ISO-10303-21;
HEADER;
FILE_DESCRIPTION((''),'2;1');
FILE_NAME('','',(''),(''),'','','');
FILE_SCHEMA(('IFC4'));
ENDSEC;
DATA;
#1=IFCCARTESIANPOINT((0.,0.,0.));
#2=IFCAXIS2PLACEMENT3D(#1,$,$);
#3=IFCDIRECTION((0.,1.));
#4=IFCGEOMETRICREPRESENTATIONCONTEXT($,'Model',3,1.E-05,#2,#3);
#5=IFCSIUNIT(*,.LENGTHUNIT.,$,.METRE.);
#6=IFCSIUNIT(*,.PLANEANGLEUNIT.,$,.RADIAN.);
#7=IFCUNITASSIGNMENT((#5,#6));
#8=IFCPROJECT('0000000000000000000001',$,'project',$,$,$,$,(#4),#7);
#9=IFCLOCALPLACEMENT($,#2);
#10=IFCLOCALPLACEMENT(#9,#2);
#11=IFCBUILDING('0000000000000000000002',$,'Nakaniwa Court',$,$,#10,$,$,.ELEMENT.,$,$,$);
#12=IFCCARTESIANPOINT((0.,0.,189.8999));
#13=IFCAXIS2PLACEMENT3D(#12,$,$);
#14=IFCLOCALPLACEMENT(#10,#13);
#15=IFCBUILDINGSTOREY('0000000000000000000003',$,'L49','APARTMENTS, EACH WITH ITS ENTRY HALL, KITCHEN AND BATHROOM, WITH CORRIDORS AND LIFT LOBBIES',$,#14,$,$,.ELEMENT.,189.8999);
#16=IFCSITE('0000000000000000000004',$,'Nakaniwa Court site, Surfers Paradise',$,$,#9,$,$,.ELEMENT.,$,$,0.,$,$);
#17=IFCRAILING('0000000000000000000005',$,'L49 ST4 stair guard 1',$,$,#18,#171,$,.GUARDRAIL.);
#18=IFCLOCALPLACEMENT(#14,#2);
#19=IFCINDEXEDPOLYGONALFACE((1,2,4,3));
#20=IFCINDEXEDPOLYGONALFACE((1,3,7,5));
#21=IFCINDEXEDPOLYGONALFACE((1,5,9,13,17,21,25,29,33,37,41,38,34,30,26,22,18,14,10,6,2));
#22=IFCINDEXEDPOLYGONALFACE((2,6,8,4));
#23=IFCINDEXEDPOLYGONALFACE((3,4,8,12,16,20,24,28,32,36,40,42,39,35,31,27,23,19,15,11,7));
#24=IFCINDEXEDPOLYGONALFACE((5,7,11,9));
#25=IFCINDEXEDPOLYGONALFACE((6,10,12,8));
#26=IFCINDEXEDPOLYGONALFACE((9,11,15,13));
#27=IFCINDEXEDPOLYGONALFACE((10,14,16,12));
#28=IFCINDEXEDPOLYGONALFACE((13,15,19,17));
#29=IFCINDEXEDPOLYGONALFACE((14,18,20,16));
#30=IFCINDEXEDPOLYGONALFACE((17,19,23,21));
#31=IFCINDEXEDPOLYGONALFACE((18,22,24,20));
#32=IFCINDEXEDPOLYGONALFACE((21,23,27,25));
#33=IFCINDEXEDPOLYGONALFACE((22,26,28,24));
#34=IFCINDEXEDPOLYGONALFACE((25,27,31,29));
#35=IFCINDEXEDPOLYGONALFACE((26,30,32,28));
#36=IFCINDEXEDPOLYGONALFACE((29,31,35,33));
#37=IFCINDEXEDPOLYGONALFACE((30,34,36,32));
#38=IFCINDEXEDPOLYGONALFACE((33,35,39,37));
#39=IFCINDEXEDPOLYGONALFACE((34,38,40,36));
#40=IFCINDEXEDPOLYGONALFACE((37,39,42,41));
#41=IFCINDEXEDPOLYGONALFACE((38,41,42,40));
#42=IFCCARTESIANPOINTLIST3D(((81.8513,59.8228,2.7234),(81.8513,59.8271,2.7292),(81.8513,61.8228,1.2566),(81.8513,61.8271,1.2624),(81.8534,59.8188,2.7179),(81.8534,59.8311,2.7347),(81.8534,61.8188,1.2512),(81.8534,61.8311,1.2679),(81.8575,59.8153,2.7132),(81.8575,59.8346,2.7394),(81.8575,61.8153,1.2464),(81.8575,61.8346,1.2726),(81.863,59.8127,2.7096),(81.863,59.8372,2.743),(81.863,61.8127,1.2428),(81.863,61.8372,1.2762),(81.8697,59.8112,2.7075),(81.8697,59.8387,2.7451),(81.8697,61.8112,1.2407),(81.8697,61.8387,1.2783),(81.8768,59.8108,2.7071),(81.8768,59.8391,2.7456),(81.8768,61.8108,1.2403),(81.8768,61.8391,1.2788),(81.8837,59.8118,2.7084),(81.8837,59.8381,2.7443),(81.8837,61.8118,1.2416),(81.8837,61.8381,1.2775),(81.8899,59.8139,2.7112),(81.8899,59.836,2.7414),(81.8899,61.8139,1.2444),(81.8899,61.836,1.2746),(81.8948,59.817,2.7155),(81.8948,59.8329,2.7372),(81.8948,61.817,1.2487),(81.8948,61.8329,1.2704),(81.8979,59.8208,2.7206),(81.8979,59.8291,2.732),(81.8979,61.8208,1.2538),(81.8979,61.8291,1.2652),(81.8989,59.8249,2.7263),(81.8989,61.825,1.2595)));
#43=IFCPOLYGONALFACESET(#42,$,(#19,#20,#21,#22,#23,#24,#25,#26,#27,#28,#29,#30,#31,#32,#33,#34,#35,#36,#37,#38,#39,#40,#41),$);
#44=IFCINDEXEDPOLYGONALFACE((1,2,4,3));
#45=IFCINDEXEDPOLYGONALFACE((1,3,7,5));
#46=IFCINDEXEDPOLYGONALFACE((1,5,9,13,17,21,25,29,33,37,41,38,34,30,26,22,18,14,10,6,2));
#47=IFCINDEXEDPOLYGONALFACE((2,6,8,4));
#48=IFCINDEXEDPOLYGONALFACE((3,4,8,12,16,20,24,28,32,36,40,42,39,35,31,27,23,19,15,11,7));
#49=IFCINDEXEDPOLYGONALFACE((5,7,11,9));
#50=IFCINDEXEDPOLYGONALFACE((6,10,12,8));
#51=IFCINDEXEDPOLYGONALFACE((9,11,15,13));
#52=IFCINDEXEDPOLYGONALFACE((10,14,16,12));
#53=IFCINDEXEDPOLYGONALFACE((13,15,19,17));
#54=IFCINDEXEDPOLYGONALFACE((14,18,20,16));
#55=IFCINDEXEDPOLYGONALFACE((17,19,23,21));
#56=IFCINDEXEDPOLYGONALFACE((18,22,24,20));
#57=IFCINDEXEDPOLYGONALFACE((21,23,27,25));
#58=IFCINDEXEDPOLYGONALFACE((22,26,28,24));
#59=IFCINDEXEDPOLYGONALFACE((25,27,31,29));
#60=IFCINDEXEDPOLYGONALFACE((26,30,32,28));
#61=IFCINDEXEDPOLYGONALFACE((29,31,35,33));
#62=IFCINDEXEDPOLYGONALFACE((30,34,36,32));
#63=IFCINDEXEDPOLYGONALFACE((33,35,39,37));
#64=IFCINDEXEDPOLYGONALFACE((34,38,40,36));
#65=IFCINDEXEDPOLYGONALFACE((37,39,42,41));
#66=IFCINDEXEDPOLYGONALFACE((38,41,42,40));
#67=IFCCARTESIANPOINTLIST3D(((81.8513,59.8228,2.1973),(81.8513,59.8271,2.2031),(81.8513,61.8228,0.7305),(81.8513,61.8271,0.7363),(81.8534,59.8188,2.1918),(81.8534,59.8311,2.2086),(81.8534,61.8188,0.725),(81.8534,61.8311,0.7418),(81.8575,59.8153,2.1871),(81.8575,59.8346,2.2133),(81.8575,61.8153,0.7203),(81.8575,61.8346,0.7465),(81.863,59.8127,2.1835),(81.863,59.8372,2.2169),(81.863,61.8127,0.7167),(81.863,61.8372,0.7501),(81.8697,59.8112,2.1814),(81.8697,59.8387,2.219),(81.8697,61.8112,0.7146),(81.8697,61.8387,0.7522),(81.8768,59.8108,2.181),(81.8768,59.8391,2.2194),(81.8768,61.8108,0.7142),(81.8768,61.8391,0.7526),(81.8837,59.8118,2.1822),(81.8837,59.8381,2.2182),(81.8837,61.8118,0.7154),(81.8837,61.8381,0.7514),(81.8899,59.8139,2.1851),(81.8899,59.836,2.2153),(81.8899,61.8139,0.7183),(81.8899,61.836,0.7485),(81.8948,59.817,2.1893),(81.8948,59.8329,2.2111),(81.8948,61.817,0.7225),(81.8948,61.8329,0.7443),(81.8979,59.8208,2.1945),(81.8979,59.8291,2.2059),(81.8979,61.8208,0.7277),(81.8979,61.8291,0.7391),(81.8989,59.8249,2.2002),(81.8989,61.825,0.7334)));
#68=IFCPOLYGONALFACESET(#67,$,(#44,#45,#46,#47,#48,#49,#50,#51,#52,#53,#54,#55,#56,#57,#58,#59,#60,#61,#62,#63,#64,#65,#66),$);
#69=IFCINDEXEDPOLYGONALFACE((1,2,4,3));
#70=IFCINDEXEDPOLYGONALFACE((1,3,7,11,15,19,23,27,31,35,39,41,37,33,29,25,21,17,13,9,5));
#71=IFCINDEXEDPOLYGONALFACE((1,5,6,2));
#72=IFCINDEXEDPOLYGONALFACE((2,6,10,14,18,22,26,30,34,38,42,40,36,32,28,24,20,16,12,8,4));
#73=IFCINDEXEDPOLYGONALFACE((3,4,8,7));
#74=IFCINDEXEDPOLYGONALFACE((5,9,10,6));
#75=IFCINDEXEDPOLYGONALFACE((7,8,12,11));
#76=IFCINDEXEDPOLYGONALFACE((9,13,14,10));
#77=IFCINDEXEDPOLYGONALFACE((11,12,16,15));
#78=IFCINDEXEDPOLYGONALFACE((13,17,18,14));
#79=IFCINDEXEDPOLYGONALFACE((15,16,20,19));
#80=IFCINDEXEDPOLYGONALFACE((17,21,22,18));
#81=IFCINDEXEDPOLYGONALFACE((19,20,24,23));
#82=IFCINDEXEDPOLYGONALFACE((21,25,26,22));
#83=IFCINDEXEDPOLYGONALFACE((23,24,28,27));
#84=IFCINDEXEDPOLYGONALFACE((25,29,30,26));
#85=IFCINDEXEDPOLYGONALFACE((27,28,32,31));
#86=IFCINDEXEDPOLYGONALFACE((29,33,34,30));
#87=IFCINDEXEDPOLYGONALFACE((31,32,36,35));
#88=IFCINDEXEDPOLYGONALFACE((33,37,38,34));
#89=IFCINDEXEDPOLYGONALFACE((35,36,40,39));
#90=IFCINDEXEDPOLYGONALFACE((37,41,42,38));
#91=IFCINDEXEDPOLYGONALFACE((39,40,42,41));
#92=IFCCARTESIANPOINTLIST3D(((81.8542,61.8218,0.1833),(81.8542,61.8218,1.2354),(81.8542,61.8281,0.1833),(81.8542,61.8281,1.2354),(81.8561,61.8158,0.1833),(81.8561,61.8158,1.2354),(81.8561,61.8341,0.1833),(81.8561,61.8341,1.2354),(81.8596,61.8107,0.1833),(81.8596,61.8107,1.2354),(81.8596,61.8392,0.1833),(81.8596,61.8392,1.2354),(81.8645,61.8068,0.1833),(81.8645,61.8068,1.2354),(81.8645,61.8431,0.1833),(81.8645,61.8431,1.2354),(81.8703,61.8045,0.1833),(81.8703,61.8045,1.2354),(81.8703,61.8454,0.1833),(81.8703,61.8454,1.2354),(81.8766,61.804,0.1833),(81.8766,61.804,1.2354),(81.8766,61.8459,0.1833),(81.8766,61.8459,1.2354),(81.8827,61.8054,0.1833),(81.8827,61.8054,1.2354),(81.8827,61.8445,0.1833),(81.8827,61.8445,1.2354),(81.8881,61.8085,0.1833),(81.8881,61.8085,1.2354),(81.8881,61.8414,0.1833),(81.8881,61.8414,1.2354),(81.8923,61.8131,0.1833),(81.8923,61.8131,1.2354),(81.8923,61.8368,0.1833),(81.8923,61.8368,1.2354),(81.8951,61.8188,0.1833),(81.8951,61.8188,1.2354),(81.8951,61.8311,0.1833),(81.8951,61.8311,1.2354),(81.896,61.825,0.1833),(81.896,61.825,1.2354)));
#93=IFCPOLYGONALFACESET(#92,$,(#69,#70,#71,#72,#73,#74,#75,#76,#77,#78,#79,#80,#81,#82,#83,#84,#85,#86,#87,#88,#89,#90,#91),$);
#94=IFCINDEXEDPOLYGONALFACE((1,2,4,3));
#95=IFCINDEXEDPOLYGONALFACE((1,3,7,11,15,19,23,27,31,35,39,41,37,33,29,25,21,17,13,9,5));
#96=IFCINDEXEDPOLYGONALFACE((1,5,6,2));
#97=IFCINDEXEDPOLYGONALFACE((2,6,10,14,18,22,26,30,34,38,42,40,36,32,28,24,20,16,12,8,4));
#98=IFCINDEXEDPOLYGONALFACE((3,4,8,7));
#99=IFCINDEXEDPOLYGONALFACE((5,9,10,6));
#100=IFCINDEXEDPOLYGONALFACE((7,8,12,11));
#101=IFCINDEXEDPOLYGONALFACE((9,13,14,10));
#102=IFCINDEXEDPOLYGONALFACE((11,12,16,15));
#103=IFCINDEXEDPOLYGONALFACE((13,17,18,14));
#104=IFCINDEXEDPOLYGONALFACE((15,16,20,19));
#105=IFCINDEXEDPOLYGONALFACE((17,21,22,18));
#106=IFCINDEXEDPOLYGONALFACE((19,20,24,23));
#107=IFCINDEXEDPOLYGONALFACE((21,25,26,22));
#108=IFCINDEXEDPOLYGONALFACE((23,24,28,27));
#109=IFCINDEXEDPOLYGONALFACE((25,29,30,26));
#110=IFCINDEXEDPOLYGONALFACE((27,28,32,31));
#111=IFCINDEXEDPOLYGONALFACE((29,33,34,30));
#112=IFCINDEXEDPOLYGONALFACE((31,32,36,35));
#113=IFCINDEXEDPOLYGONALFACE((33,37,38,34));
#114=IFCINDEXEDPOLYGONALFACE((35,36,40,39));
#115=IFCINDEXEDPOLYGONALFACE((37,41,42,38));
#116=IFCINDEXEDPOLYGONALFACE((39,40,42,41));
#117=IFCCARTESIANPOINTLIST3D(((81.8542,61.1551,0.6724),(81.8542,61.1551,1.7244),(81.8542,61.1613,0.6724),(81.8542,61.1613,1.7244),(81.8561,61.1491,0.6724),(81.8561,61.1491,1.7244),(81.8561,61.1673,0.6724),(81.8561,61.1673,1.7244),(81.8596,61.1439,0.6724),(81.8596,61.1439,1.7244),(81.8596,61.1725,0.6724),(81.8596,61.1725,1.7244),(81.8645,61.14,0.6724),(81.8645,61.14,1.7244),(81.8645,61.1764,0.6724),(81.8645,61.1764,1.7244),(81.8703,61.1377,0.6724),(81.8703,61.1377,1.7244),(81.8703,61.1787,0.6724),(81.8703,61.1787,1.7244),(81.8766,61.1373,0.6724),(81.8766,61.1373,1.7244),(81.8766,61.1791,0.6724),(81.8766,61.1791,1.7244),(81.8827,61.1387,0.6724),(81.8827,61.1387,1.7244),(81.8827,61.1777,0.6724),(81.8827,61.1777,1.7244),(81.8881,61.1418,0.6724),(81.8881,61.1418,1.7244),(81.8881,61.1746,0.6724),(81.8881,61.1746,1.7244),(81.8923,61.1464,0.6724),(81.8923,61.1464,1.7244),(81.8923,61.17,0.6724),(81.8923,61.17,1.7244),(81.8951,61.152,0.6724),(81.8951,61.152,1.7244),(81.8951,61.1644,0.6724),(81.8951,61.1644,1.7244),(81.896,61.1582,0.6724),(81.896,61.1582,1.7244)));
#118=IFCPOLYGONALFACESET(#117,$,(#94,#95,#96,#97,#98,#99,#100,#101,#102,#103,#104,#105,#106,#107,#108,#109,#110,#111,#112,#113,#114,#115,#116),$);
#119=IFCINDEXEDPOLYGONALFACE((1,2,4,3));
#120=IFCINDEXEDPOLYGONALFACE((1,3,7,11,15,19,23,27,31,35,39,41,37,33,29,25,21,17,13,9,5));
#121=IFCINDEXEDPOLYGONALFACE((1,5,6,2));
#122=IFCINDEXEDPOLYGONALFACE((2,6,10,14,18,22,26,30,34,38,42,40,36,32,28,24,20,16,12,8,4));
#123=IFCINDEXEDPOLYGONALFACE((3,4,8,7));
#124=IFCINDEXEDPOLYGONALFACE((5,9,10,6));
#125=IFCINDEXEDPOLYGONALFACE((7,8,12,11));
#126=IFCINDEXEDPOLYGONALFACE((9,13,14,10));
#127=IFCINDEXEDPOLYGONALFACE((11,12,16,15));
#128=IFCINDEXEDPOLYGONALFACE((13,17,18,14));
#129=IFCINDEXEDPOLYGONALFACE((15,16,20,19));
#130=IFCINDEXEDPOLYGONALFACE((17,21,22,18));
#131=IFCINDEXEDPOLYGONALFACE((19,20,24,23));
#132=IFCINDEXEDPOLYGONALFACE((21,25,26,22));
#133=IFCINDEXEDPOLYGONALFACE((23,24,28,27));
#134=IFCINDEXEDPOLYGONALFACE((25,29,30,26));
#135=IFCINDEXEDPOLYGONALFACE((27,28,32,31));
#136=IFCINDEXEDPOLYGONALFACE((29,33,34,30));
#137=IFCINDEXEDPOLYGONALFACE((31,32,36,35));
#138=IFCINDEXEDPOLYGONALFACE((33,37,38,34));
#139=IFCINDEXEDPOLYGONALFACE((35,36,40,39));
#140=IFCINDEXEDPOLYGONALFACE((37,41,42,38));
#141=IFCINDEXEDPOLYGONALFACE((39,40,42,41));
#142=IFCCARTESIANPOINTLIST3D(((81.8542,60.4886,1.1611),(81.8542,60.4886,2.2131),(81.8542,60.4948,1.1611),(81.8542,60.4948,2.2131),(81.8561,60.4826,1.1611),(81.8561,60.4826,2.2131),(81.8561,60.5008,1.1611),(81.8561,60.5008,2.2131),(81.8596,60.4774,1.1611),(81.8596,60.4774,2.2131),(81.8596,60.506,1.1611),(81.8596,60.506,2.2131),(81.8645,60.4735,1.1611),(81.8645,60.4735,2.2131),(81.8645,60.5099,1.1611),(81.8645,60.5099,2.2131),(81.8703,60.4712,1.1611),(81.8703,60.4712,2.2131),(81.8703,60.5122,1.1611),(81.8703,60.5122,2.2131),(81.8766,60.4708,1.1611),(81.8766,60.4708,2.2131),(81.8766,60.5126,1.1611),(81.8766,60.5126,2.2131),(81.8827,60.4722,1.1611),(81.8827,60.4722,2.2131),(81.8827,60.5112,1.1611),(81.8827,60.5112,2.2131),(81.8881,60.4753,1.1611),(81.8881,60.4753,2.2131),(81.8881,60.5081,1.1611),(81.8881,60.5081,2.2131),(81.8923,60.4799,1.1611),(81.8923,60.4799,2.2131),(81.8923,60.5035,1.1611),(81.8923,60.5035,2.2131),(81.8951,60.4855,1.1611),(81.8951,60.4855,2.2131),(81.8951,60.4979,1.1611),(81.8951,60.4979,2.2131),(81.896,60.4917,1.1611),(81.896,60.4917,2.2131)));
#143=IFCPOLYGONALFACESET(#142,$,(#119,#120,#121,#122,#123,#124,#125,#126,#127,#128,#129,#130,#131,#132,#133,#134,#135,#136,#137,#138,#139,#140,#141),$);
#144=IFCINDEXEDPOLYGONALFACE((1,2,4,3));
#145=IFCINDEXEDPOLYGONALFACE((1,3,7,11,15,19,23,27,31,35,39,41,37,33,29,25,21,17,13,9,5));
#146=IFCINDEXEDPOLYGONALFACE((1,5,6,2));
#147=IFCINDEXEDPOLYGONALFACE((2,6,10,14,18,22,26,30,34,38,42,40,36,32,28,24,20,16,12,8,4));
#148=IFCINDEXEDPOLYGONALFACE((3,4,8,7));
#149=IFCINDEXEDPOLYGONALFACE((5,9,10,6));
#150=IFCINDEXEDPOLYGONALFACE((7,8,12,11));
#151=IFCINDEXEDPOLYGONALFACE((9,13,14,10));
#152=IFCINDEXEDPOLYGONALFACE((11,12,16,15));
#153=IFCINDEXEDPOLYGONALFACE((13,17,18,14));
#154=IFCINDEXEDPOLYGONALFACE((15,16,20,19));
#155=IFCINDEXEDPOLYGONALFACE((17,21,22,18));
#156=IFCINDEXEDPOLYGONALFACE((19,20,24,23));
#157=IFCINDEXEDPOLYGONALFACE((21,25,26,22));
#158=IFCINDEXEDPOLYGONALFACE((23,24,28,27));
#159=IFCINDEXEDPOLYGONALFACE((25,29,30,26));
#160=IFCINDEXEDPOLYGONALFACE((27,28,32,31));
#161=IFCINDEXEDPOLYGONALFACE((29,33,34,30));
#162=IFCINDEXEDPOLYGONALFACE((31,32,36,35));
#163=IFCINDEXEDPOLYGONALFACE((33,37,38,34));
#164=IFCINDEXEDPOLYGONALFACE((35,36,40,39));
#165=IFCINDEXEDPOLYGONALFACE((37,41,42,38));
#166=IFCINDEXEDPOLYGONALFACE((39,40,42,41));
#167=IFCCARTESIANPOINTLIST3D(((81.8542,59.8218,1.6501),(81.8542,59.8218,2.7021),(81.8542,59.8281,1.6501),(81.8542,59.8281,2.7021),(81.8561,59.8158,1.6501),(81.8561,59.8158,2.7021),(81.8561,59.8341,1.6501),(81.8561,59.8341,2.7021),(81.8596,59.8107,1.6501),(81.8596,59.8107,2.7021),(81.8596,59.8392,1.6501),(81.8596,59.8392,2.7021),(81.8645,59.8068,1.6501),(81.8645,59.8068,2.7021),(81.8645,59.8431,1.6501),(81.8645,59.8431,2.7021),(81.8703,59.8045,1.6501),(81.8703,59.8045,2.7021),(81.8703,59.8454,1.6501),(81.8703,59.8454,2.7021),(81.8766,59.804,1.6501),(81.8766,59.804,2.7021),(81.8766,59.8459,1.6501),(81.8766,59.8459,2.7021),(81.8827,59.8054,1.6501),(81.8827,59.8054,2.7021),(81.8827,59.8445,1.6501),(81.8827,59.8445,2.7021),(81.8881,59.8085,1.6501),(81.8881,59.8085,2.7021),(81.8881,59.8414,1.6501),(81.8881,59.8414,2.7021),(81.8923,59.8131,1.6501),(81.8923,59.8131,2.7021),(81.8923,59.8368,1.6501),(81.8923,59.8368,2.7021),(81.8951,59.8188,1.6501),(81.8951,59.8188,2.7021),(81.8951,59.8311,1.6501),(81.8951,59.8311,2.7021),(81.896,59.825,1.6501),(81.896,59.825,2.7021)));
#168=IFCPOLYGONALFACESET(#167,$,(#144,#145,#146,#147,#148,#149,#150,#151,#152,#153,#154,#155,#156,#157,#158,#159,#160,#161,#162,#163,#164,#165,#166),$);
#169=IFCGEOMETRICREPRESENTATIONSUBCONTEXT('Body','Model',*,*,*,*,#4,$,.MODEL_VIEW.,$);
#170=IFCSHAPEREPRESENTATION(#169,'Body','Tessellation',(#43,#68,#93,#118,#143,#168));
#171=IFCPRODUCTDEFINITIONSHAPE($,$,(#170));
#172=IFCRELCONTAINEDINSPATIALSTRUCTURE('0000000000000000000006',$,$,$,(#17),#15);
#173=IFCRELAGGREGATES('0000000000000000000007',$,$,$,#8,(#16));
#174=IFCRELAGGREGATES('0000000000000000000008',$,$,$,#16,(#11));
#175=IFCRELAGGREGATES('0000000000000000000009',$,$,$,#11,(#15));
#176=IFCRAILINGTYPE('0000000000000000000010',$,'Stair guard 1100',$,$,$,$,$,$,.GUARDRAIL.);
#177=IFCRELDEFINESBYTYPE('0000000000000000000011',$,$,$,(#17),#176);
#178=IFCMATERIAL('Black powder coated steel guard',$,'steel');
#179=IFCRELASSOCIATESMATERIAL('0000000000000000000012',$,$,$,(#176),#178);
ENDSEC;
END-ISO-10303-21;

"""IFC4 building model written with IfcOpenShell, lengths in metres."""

from ifc_helpers import new_model, si_unit, direction, frame, origin, origin_2d, place, context, subcontext, project, spatial, circle, extrude, material, type_object, element, save


model = new_model("IFC4")

# Units and contexts
model_context = context("Model", 3, precision=1e-05, world=origin(), true_north=direction((0.0, 1.0)))
body_context = subcontext(model_context, "Body", "Model", "MODEL_VIEW")
ifc_project = project(units=[si_unit("LENGTHUNIT", "METRE"), si_unit("PLANEANGLEUNIT", "RADIAN")], contexts=[model_context])

# Site, building, storey
site_placement = place(None, origin())
site = spatial("IfcSite", under=ifc_project, at=site_placement, Name="Nakaniwa Court site, Surfers Paradise", CompositionType="ELEMENT", RefElevation=0.0)
building_placement = place(site_placement, origin())
building = spatial("IfcBuilding", under=site, at=building_placement, Name="Nakaniwa Court", CompositionType="ELEMENT")
storey_placement = place(building_placement, frame((0.0, 0.0, 189.8999)))
storey = spatial("IfcBuildingStorey", under=building, at=storey_placement, Name="L49", Description="APARTMENTS, EACH WITH ITS ENTRY HALL, KITCHEN AND BATHROOM, WITH CORRIDORS AND LIFT LOBBIES", CompositionType="ELEMENT", Elevation=189.8999)

# Railing
ifc_material_1 = material(Name="Black powder coated steel guard", Category="steel")
railing_type_1 = type_object("IfcRailingType", Name="Stair guard 1100", PredefinedType="GUARDRAIL", material=ifc_material_1)
railing_1_placement = place(storey_placement, frame((81.875, 61.825, 0.1833)))
element("IfcRailing", 1, at=railing_1_placement, inside=storey, type_object=railing_type_1, Name="L49 ST4 stair guard 1", PredefinedType="GUARDRAIL", context=body_context, shape_type="SweptSolid", body=[
    extrude(circle(Radius=0.0239, at=origin_2d()), frame((0.0, 0.0, 1.0762), z_axis=(0.0, -0.80638, 0.591398), x_axis=(1.0, 0.0, 0.0)), (0.0, 0.0, 1.0), 2.4802),
    extrude(circle(Radius=0.0239, at=origin_2d()), frame((0.0, 0.0, 0.55), z_axis=(0.0, -0.80638, 0.591398), x_axis=(1.0, 0.0, 0.0)), (0.0, 0.0, 1.0), 2.4802),
    extrude(circle(Radius=0.021, at=origin_2d()), origin(), (0.0, 0.0, 1.0), 1.052),
    extrude(circle(Radius=0.021, at=origin_2d()), frame((0.0, -0.6667, 0.489)), (0.0, 0.0, 1.0), 1.052),
    extrude(circle(Radius=0.021, at=origin_2d()), frame((0.0, -1.3333, 0.9778)), (0.0, 0.0, 1.0), 1.052),
    extrude(circle(Radius=0.021, at=origin_2d()), frame((0.0, -2.0, 1.4668)), (0.0, 0.0, 1.0), 1.052),
])

save(model, "model.ifc")
